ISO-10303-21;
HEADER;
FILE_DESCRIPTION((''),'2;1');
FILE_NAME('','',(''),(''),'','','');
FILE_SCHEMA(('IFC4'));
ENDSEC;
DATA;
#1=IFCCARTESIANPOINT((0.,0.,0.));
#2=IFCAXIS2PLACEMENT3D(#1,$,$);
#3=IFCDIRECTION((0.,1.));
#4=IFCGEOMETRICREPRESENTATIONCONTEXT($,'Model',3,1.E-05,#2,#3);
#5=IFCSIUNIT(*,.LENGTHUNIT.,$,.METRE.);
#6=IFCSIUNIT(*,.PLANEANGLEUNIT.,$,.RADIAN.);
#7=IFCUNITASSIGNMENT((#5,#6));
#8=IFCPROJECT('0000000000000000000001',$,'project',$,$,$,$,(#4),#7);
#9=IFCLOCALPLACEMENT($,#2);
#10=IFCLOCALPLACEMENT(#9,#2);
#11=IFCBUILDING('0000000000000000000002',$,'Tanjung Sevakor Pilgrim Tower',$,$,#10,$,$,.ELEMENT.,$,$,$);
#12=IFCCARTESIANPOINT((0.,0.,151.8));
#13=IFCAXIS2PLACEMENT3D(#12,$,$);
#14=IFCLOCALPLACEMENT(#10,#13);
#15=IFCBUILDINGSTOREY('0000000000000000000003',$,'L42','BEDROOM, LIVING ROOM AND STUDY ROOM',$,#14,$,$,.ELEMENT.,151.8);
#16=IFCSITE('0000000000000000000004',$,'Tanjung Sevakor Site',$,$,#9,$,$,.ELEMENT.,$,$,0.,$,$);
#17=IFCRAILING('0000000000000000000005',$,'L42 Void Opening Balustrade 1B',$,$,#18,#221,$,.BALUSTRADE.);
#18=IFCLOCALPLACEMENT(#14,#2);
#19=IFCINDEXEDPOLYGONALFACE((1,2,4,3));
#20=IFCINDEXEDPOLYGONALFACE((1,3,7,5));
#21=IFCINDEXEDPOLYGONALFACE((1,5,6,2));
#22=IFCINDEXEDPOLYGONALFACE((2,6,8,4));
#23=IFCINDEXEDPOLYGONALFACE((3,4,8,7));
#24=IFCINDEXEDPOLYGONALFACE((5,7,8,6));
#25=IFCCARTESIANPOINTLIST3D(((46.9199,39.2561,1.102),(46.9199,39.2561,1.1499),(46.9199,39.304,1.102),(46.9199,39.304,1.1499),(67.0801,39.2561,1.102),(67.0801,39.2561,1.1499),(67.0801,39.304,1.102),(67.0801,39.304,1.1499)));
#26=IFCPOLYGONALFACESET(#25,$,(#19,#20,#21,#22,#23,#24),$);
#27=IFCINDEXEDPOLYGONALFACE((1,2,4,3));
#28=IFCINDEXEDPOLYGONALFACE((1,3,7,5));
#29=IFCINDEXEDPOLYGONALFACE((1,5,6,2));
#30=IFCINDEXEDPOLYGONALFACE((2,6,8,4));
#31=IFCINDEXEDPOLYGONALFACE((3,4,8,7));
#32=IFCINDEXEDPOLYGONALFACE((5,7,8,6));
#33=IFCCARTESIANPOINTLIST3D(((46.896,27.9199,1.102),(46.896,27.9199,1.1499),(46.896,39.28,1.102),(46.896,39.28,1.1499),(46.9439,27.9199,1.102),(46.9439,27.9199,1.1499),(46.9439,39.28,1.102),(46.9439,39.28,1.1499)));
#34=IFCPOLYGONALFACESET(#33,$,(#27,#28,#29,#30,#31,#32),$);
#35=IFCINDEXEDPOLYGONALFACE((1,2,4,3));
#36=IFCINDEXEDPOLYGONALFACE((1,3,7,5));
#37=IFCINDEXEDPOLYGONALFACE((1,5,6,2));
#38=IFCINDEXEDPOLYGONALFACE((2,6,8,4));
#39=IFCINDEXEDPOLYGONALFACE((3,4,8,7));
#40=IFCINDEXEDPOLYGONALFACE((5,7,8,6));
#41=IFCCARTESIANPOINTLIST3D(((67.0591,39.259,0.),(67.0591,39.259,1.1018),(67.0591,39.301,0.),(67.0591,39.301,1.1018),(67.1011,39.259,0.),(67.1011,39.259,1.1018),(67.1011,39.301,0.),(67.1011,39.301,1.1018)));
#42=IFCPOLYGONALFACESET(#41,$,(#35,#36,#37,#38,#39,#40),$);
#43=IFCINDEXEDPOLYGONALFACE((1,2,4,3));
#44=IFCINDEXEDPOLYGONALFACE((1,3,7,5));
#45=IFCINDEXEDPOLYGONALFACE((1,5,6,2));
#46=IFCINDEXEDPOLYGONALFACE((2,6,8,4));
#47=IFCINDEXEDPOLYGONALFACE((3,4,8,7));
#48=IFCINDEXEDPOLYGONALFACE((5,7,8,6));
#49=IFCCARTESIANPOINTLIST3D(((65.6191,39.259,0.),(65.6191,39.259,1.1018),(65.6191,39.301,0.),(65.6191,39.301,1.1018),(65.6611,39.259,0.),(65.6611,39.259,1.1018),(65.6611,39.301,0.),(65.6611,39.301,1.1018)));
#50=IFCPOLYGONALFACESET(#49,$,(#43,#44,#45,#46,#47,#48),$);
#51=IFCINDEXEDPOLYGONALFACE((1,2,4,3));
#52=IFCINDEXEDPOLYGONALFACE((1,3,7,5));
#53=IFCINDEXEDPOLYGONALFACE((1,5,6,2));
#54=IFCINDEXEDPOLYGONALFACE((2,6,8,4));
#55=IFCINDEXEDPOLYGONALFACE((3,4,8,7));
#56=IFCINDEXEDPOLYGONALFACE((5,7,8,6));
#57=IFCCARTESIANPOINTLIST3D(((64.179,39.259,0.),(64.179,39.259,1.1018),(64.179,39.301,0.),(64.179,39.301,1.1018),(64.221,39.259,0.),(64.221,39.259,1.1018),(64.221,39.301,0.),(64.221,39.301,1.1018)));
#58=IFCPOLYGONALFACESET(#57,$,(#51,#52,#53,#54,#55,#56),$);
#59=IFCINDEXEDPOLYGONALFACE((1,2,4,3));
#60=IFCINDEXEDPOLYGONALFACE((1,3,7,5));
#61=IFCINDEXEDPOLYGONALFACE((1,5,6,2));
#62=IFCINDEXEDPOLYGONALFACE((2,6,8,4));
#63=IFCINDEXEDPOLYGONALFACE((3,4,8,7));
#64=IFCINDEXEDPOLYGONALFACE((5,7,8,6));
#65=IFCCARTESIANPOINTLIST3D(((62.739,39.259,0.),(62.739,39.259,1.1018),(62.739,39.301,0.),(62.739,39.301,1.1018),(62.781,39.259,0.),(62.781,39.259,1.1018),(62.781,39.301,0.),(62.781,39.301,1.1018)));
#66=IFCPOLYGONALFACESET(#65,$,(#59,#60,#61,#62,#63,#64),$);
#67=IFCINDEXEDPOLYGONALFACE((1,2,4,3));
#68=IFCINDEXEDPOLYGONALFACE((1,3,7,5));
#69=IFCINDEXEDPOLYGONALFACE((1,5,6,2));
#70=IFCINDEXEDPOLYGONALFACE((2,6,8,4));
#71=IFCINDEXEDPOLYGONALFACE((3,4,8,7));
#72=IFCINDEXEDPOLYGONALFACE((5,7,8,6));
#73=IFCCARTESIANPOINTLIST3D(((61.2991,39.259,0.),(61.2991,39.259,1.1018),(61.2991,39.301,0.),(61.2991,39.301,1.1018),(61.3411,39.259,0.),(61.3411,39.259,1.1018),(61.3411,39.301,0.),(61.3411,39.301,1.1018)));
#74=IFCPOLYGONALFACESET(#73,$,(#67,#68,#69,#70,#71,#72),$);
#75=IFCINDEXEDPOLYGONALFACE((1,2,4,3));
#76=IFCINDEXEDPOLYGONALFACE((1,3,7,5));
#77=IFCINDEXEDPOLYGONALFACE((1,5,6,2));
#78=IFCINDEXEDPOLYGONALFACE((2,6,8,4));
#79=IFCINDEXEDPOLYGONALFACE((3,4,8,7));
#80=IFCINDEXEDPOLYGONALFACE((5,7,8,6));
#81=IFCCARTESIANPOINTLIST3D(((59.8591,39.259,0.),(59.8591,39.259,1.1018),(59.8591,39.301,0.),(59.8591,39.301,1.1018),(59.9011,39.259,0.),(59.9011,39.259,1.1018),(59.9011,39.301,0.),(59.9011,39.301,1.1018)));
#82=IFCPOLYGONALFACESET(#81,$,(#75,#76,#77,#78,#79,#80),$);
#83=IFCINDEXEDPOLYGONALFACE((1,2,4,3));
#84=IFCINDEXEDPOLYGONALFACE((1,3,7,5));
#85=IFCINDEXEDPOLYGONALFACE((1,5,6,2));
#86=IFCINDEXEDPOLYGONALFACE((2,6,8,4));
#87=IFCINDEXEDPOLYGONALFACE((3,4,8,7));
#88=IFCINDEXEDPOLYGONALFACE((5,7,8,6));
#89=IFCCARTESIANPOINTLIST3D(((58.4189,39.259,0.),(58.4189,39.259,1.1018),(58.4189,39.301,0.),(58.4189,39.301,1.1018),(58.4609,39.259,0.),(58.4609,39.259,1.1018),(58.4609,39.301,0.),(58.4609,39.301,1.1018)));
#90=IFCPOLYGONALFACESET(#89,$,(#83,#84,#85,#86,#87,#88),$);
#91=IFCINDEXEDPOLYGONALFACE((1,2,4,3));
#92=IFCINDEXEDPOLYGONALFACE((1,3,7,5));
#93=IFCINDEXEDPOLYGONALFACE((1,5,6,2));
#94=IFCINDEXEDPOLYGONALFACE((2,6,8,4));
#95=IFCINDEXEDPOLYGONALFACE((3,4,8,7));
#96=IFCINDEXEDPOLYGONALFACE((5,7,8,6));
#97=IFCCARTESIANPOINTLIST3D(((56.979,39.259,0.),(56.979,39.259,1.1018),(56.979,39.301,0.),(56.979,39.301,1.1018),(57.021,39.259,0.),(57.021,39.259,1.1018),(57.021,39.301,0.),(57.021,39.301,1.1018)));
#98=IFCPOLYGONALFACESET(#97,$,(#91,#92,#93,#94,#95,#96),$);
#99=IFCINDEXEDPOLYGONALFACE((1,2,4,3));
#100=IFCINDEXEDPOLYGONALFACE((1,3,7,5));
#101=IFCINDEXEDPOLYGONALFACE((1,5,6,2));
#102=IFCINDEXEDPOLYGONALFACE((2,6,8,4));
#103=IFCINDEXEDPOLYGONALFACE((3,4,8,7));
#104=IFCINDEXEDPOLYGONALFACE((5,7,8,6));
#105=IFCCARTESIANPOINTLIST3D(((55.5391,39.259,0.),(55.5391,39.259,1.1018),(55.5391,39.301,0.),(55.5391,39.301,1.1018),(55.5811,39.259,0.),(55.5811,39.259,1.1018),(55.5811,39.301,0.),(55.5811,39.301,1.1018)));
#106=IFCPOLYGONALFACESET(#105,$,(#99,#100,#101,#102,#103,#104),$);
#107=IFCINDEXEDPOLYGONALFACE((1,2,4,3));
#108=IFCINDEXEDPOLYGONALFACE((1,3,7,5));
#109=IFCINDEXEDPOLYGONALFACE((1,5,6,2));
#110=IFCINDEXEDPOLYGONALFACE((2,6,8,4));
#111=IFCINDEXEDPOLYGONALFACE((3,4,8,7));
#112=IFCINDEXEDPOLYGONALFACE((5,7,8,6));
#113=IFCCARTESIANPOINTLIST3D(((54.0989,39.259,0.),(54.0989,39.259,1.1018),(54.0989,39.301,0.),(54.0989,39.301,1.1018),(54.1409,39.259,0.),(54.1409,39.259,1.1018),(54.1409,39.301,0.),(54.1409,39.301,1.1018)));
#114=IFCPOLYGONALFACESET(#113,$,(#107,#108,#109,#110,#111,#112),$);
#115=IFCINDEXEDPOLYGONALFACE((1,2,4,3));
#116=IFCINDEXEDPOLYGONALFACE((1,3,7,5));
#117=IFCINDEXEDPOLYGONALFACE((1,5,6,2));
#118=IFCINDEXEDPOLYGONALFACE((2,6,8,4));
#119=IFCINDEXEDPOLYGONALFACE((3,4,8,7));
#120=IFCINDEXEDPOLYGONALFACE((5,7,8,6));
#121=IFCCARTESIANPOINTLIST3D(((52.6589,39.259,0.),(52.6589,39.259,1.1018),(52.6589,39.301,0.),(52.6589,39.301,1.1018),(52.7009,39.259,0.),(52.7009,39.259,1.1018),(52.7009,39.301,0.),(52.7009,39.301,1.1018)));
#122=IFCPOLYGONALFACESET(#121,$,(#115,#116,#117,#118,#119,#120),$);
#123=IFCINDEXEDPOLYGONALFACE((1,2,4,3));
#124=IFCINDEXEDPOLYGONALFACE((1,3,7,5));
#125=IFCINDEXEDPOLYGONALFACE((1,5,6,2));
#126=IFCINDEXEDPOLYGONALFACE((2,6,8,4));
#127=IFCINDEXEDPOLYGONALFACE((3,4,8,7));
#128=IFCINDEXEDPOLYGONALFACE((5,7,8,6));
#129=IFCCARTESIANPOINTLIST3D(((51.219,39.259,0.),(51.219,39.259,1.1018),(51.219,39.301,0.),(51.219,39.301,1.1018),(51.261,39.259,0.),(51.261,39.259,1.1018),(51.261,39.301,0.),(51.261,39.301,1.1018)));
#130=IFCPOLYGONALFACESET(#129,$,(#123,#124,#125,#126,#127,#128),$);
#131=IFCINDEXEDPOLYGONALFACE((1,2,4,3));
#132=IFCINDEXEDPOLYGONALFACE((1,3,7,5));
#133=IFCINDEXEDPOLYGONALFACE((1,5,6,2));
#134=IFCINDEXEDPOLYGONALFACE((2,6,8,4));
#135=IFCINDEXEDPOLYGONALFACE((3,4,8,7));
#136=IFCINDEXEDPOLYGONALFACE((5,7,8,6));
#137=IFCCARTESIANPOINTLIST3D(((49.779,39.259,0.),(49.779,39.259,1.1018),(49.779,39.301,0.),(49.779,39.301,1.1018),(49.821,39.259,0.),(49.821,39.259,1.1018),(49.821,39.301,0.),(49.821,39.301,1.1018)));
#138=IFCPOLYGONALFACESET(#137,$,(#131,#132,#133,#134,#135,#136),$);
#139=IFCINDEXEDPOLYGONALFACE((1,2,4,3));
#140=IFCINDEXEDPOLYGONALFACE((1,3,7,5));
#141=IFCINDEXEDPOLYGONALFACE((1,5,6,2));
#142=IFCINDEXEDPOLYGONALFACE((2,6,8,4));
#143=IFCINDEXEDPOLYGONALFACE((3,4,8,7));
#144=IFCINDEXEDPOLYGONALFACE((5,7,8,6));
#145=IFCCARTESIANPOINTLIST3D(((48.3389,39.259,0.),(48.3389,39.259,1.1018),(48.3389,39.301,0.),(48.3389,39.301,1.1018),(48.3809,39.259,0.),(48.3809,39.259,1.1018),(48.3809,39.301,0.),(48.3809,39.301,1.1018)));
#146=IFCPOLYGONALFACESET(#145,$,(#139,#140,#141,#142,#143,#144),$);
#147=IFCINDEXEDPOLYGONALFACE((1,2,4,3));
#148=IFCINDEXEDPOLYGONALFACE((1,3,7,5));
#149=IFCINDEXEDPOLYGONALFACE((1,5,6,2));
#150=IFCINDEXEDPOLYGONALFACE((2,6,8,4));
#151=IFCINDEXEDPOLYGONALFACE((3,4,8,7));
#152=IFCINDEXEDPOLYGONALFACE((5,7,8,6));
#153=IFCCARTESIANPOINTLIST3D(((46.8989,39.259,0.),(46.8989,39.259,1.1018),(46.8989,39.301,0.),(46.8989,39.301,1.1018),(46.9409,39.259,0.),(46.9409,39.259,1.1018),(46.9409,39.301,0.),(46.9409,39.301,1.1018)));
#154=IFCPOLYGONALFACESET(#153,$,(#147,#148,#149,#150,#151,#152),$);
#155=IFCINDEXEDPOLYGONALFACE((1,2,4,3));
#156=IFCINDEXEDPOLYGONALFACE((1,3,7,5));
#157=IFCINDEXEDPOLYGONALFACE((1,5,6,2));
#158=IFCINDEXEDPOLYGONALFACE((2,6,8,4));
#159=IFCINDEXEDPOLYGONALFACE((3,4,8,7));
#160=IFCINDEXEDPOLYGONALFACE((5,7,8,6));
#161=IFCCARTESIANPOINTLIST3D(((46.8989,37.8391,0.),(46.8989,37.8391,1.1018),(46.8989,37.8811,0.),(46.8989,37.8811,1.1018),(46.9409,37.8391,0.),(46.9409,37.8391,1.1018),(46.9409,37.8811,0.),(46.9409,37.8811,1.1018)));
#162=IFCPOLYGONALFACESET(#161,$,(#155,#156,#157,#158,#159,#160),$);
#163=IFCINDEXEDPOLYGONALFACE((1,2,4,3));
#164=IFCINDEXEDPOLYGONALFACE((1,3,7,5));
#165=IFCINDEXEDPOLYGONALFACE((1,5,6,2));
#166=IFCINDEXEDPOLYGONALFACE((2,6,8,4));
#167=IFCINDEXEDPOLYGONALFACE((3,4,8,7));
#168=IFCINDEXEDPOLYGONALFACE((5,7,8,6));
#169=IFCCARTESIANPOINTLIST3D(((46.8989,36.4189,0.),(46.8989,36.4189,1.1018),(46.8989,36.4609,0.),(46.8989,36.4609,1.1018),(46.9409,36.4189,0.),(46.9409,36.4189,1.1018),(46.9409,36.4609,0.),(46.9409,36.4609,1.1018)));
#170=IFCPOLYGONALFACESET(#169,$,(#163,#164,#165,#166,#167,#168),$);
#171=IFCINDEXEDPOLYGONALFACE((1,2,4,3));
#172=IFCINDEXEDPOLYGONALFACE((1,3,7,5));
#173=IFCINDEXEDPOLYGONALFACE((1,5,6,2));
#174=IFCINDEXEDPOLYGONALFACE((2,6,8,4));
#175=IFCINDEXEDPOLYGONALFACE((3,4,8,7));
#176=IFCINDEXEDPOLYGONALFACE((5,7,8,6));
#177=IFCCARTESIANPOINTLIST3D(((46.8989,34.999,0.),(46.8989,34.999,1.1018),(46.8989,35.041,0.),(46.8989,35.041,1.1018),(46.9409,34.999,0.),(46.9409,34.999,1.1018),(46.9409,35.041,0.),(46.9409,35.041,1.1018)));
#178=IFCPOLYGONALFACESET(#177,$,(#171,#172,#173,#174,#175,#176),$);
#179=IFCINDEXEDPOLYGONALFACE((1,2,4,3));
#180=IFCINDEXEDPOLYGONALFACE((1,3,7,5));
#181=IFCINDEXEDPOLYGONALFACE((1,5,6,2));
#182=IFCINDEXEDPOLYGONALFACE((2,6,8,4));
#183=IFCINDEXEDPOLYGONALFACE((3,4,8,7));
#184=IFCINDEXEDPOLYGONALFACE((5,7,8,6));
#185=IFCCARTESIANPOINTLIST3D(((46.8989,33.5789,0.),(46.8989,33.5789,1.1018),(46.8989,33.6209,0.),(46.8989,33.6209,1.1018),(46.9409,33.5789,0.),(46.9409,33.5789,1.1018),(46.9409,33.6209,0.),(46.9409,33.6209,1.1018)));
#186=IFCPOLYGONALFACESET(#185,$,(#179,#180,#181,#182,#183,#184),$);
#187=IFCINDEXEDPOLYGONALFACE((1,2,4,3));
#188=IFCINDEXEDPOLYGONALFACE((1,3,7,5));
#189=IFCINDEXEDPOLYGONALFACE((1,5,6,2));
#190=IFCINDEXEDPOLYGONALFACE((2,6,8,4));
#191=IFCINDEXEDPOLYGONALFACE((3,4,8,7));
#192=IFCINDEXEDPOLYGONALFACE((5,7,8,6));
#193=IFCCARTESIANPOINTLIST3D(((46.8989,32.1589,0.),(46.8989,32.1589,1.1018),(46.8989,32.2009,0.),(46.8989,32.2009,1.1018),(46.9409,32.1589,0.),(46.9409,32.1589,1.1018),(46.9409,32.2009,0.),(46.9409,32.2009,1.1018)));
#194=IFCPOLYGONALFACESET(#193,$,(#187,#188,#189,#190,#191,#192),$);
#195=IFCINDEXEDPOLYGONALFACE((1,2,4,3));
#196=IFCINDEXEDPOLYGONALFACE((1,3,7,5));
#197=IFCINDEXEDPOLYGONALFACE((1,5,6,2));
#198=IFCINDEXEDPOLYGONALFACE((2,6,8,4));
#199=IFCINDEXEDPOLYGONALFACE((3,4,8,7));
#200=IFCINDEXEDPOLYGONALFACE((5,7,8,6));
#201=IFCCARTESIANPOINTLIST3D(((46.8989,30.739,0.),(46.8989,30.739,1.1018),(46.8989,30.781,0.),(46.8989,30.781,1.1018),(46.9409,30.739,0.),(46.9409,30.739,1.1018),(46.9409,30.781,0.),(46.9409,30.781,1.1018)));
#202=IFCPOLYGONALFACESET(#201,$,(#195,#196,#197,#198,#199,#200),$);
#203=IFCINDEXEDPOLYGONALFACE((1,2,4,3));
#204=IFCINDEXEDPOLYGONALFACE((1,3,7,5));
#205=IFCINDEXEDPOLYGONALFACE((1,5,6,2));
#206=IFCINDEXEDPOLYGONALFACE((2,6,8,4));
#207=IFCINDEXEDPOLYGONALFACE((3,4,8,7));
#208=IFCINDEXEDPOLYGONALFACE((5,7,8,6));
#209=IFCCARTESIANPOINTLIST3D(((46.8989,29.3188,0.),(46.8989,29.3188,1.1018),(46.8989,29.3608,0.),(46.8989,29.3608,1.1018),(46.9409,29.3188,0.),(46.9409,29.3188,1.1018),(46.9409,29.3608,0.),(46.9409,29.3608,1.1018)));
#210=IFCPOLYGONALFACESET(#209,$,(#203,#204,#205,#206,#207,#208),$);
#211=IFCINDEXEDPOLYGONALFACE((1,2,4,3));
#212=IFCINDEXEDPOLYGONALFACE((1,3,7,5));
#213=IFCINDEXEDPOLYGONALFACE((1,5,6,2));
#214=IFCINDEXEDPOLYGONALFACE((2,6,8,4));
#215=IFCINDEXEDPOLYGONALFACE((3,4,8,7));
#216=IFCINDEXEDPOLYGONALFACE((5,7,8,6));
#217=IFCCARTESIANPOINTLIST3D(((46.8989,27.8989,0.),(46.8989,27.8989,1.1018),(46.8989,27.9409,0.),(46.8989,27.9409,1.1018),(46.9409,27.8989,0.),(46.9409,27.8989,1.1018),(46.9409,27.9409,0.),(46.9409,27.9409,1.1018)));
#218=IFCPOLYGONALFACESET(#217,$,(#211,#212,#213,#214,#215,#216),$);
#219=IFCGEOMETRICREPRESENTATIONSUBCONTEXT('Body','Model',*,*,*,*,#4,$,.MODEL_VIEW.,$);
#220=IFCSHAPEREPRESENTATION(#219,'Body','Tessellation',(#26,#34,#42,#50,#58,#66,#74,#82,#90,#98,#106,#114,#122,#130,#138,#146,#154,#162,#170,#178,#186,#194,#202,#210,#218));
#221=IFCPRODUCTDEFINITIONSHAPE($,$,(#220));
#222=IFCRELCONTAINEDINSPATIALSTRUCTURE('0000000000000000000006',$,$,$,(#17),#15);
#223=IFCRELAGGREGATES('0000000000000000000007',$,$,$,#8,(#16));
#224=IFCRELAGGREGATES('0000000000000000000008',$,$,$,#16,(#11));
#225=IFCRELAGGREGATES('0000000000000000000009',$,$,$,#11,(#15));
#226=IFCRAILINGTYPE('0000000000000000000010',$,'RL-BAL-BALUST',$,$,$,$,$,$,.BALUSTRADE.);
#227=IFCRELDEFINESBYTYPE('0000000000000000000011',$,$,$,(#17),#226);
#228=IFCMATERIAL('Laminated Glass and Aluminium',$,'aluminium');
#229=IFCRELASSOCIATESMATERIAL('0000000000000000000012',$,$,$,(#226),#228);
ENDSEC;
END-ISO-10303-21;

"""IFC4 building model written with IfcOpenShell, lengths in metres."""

from ifc_helpers import new_model, si_unit, direction, frame, origin, place, context, subcontext, project, spatial, rectangle, extrude, material, type_object, element, save


model = new_model("IFC4")

# Units and contexts
model_context = context("Model", 3, precision=1e-05, world=origin(), true_north=direction((0.0, 1.0)))
body_context = subcontext(model_context, "Body", "Model", "MODEL_VIEW")
ifc_project = project(units=[si_unit("LENGTHUNIT", "METRE"), si_unit("PLANEANGLEUNIT", "RADIAN")], contexts=[model_context])

# Site, building, storey
site_placement = place(None, origin())
site = spatial("IfcSite", under=ifc_project, at=site_placement, Name="Tanjung Sevakor Site", CompositionType="ELEMENT", RefElevation=0.0)
building_placement = place(site_placement, origin())
building = spatial("IfcBuilding", under=site, at=building_placement, Name="Tanjung Sevakor Pilgrim Tower", CompositionType="ELEMENT")
storey_placement = place(building_placement, frame((0.0, 0.0, 151.8)))
storey = spatial("IfcBuildingStorey", under=building, at=storey_placement, Name="L42", Description="BEDROOM, LIVING ROOM AND STUDY ROOM", CompositionType="ELEMENT", Elevation=151.8)

# Railing
ifc_material_1 = material(Name="Laminated Glass and Aluminium", Category="aluminium")
railing_type = type_object("IfcRailingType", Name="RL-BAL-BALUST", PredefinedType="BALUSTRADE", material=ifc_material_1)
railing_1_placement = place(storey_placement, frame((67.0801, 39.28, 0.0)))
element("IfcRailing", 1, at=railing_1_placement, inside=storey, type_object=railing_type, Name="L42 Void Opening Balustrade 1B", PredefinedType="BALUSTRADE", context=body_context, shape_type="SweptSolid", body=[
    extrude(rectangle(XDim=0.0479, YDim=0.0479), frame((0.0, 0.0, 1.126), z_axis=(-1.0, 0.0, 0.0), x_axis=(0.0, -1.0, 0.0)), (0.0, 0.0, 1.0), 20.1602),
    extrude(rectangle(XDim=0.0479, YDim=0.0479), frame((-20.1602, 0.0, 1.126), z_axis=(0.0, -1.0, 0.0), x_axis=(1.0, 0.0, 0.0)), (0.0, 0.0, 1.0), 11.3601),
    extrude(rectangle(XDim=0.042, YDim=0.042), origin(), (0.0, 0.0, 1.0), 1.1018),
    extrude(rectangle(XDim=0.042, YDim=0.042), frame((-1.4399, 0.0, 0.0)), (0.0, 0.0, 1.0), 1.1018),
    extrude(rectangle(XDim=0.042, YDim=0.042), frame((-2.8801, 0.0, 0.0)), (0.0, 0.0, 1.0), 1.1018),
    extrude(rectangle(XDim=0.042, YDim=0.042), frame((-4.3201, 0.0, 0.0)), (0.0, 0.0, 1.0), 1.1018),
    extrude(rectangle(XDim=0.042, YDim=0.042), frame((-5.76, 0.0, 0.0)), (0.0, 0.0, 1.0), 1.1018),
    extrude(rectangle(XDim=0.042, YDim=0.042), frame((-7.2, 0.0, 0.0)), (0.0, 0.0, 1.0), 1.1018),
    extrude(rectangle(XDim=0.042, YDim=0.042), frame((-8.6401, 0.0, 0.0)), (0.0, 0.0, 1.0), 1.1018),
    extrude(rectangle(XDim=0.042, YDim=0.042), frame((-10.0801, 0.0, 0.0)), (0.0, 0.0, 1.0), 1.1018),
    extrude(rectangle(XDim=0.042, YDim=0.042), frame((-11.52, 0.0, 0.0)), (0.0, 0.0, 1.0), 1.1018),
    extrude(rectangle(XDim=0.042, YDim=0.042), frame((-12.9602, 0.0, 0.0)), (0.0, 0.0, 1.0), 1.1018),
    extrude(rectangle(XDim=0.042, YDim=0.042), frame((-14.4001, 0.0, 0.0)), (0.0, 0.0, 1.0), 1.1018),
    extrude(rectangle(XDim=0.042, YDim=0.042), frame((-15.8401, 0.0, 0.0)), (0.0, 0.0, 1.0), 1.1018),
    extrude(rectangle(XDim=0.042, YDim=0.042), frame((-17.28, 0.0, 0.0)), (0.0, 0.0, 1.0), 1.1018),
    extrude(rectangle(XDim=0.042, YDim=0.042), frame((-18.7202, 0.0, 0.0)), (0.0, 0.0, 1.0), 1.1018),
    extrude(rectangle(XDim=0.042, YDim=0.042), frame((-20.1602, 0.0, 0.0)), (0.0, 0.0, 1.0), 1.1018),
    extrude(rectangle(XDim=0.042, YDim=0.042), frame((-20.1602, -1.4199, 0.0)), (0.0, 0.0, 1.0), 1.1018),
    extrude(rectangle(XDim=0.042, YDim=0.042), frame((-20.1602, -2.8401, 0.0)), (0.0, 0.0, 1.0), 1.1018),
    extrude(rectangle(XDim=0.042, YDim=0.042), frame((-20.1602, -4.26, 0.0)), (0.0, 0.0, 1.0), 1.1018),
    extrude(rectangle(XDim=0.042, YDim=0.042), frame((-20.1602, -5.6802, 0.0)), (0.0, 0.0, 1.0), 1.1018),
    extrude(rectangle(XDim=0.042, YDim=0.042), frame((-20.1602, -7.1001, 0.0)), (0.0, 0.0, 1.0), 1.1018),
    extrude(rectangle(XDim=0.042, YDim=0.042), frame((-20.1602, -8.52, 0.0)), (0.0, 0.0, 1.0), 1.1018),
    extrude(rectangle(XDim=0.042, YDim=0.042), frame((-20.1602, -9.9402, 0.0)), (0.0, 0.0, 1.0), 1.1018),
    extrude(rectangle(XDim=0.042, YDim=0.042), frame((-20.1602, -11.3601, 0.0)), (0.0, 0.0, 1.0), 1.1018),
])

save(model, "model.ifc")
